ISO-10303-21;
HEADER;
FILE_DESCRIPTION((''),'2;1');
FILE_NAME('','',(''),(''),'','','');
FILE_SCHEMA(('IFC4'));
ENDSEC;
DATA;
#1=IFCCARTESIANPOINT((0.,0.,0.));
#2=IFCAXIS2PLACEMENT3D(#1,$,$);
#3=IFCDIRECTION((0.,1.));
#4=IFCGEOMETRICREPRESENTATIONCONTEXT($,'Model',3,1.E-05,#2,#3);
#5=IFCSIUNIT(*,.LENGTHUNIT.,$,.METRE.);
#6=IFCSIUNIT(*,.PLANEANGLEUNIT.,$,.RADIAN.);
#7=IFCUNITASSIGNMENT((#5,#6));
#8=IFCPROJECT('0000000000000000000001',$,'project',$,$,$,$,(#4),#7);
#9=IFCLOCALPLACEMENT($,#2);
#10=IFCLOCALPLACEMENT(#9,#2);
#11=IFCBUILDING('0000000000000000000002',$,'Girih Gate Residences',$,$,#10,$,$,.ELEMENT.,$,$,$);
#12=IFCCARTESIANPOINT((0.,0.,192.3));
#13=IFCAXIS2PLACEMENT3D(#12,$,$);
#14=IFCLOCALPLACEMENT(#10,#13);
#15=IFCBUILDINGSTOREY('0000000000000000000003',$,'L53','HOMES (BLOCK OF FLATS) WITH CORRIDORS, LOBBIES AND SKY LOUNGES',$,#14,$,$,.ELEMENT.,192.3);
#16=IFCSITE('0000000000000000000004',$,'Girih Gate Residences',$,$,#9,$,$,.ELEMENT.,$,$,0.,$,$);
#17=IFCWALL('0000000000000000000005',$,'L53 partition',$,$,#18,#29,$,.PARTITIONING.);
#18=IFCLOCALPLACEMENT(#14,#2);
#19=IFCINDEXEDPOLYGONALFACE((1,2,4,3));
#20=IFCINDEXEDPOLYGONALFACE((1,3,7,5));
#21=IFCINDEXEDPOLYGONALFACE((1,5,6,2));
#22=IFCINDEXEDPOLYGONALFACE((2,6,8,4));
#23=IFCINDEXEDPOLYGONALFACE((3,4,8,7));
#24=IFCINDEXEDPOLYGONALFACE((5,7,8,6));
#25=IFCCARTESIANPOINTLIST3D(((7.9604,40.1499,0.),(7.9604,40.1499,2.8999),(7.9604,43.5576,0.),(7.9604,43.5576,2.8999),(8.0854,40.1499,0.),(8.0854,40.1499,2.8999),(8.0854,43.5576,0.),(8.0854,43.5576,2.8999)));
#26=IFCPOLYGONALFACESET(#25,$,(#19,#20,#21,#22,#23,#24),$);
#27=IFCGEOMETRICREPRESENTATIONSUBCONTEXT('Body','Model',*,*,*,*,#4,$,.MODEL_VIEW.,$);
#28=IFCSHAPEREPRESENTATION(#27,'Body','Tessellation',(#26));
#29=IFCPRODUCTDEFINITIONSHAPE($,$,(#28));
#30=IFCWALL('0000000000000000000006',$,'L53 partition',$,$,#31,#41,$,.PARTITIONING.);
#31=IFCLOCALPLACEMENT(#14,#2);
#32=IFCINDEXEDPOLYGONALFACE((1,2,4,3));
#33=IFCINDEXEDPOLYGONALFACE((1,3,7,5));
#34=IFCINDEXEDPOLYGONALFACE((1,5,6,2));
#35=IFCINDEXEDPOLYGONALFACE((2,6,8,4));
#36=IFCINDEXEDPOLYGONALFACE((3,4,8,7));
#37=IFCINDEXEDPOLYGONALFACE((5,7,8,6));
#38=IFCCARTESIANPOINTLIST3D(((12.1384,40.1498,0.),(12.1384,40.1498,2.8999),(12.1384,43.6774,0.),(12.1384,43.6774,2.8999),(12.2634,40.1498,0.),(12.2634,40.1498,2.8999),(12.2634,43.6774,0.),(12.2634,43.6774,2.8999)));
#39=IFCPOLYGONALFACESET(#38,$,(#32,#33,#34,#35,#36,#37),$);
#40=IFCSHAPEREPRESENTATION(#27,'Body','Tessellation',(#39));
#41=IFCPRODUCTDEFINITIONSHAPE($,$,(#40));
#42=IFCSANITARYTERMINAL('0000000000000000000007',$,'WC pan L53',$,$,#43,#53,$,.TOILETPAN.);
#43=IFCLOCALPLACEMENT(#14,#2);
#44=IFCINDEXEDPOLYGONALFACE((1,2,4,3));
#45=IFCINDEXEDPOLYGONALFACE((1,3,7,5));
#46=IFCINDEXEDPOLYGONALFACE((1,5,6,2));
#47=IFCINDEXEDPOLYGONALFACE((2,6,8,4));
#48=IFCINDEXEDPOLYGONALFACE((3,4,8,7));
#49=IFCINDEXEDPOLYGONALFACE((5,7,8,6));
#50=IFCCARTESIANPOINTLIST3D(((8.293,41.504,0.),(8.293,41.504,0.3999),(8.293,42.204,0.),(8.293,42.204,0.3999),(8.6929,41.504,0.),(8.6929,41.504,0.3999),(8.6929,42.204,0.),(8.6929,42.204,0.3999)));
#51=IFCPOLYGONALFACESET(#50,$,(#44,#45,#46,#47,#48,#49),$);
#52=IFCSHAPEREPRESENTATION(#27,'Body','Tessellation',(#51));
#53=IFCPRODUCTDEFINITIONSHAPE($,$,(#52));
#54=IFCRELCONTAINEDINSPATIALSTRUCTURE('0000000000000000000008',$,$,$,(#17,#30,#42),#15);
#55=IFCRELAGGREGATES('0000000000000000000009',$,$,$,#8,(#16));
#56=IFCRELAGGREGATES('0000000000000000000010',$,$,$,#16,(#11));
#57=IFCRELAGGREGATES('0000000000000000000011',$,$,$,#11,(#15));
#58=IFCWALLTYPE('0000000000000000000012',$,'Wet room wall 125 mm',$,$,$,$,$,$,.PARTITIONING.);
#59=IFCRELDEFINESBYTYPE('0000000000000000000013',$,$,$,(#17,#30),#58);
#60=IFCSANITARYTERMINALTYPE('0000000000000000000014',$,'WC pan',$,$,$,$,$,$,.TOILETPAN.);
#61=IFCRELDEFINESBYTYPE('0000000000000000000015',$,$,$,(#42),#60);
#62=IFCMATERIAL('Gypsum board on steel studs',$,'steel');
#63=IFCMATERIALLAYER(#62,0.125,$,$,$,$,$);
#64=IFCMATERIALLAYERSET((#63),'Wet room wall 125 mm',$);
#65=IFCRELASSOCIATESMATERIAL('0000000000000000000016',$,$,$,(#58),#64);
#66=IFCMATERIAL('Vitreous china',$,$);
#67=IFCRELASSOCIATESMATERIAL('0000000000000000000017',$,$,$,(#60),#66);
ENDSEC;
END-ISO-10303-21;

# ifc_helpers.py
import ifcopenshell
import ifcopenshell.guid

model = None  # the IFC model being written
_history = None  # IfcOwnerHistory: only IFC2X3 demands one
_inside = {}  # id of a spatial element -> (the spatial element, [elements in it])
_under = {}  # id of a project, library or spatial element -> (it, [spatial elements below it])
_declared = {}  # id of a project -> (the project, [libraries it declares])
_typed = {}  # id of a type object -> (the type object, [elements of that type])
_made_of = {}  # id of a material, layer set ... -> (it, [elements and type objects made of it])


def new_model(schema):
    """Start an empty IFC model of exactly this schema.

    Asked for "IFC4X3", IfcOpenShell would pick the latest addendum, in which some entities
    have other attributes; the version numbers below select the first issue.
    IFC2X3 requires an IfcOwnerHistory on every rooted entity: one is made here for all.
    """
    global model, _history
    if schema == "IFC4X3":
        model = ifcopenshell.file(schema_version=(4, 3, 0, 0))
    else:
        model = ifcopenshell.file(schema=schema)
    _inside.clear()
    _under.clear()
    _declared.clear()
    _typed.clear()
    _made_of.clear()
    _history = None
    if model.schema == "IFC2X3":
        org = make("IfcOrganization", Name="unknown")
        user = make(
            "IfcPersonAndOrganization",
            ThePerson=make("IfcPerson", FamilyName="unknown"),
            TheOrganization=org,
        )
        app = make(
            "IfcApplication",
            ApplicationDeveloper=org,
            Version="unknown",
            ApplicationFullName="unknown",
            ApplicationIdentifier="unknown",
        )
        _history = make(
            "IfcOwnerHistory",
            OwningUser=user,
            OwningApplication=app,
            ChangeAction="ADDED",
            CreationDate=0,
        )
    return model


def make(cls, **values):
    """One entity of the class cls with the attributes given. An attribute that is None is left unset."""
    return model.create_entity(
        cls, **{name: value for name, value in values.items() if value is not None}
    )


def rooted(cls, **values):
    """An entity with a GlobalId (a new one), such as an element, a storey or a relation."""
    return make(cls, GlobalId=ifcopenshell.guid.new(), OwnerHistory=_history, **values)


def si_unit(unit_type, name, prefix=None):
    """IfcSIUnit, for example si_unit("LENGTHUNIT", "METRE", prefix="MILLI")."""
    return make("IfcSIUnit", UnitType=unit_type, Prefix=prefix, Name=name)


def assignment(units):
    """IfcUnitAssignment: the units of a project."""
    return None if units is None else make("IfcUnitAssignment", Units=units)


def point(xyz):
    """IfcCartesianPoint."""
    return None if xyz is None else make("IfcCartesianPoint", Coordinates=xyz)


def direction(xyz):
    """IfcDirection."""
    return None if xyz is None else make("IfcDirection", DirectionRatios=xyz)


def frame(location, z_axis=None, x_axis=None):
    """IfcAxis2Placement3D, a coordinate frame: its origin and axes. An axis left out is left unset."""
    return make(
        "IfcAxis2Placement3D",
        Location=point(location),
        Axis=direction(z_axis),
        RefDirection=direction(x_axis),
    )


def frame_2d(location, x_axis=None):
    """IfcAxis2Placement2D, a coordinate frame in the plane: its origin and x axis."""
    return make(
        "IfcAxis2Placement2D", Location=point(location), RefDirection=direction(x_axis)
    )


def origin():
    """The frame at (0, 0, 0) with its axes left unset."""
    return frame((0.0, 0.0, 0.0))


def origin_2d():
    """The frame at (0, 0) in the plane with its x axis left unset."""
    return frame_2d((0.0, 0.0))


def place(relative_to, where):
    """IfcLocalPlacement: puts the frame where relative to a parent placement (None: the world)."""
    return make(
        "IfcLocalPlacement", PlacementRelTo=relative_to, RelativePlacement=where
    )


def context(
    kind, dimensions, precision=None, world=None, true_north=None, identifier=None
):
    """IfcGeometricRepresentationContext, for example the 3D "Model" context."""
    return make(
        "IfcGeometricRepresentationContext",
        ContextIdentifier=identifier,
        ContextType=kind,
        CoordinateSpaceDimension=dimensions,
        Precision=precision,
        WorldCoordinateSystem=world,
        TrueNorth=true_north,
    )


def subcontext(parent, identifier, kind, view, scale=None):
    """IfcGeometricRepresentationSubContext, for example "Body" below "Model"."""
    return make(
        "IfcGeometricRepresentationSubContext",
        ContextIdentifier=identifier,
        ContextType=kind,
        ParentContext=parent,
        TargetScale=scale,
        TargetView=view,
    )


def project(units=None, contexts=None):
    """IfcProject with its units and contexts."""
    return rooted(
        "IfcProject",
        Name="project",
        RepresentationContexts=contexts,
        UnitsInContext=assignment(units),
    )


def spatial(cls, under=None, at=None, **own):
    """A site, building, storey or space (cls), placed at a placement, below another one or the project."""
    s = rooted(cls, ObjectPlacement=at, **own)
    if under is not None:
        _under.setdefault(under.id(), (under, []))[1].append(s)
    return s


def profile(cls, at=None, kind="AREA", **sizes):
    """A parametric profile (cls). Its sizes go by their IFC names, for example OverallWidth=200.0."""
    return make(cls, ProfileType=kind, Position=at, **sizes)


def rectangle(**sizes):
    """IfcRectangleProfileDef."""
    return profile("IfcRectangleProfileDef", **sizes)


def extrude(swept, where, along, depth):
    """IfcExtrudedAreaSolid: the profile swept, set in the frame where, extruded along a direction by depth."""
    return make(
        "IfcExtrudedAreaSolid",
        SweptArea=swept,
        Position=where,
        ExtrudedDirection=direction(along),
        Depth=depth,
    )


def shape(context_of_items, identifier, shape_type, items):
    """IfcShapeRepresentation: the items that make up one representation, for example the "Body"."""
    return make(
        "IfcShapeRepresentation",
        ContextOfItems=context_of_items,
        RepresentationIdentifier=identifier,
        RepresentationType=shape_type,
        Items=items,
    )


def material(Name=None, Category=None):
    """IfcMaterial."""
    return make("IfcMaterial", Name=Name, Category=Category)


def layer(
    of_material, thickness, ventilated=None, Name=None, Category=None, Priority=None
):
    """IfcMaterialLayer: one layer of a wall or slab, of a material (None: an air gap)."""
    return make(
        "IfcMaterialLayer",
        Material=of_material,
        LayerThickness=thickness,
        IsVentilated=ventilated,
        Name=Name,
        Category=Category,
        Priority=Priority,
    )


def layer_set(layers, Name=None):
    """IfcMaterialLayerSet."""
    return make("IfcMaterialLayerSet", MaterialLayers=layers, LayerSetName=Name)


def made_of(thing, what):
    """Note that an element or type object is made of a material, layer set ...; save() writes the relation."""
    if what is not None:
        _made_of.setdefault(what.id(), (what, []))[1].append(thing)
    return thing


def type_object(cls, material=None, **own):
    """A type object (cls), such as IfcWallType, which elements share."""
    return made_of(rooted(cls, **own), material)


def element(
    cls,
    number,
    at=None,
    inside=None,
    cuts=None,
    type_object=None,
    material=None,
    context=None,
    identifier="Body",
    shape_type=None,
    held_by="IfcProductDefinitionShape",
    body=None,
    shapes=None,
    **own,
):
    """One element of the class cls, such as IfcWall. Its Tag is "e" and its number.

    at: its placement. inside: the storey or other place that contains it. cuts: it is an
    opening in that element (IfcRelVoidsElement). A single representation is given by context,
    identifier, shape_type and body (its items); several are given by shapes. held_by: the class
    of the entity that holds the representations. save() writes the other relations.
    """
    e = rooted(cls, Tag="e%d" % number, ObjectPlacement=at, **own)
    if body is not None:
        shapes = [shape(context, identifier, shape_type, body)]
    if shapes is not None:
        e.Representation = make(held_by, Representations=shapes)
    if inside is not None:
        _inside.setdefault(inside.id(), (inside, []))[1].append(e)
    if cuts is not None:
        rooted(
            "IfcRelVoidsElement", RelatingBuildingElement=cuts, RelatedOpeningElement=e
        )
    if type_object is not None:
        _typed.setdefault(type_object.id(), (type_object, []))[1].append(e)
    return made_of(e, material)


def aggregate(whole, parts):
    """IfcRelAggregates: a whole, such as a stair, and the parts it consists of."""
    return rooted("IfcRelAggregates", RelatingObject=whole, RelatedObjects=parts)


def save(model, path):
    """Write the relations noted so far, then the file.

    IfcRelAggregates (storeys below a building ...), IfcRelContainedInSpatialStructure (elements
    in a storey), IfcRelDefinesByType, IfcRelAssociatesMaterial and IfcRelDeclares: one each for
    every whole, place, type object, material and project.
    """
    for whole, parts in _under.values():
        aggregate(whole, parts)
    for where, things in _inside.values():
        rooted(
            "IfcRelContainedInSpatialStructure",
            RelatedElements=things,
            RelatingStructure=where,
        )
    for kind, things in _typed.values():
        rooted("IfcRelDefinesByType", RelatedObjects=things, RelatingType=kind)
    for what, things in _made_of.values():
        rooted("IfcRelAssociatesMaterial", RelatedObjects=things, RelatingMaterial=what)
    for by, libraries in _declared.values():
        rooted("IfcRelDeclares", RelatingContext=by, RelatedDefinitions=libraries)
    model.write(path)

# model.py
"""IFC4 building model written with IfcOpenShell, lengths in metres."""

from ifc_helpers import new_model, si_unit, direction, frame, frame_2d, origin, origin_2d, place, context, subcontext, project, spatial, rectangle, extrude, material, layer, layer_set, type_object, element, save


model = new_model("IFC4")

# Units and contexts
model_context = context("Model", 3, precision=1e-05, world=origin(), true_north=direction((0.0, 1.0)))
body_context = subcontext(model_context, "Body", "Model", "MODEL_VIEW")
ifc_project = project(units=[si_unit("LENGTHUNIT", "METRE"), si_unit("PLANEANGLEUNIT", "RADIAN")], contexts=[model_context])

# Site, building, storey
site_placement = place(None, origin())
site = spatial("IfcSite", under=ifc_project, at=site_placement, Name="Girih Gate Residences", CompositionType="ELEMENT", RefElevation=0.0)
building_placement = place(site_placement, origin())
building = spatial("IfcBuilding", under=site, at=building_placement, Name="Girih Gate Residences", CompositionType="ELEMENT")
storey_placement = place(building_placement, frame((0.0, 0.0, 192.3)))
storey = spatial("IfcBuildingStorey", under=building, at=storey_placement, Name="L53", Description="HOMES (BLOCK OF FLATS) WITH CORRIDORS, LOBBIES AND SKY LOUNGES", CompositionType="ELEMENT", Elevation=192.3)

# Shared definitions
ifc_material_1 = material(Name="Gypsum board on steel studs", Category="steel")

# Shared definitions
ifc_layer_1 = layer(ifc_material_1, 0.125)
ifc_layer_set_1 = layer_set([ifc_layer_1], Name="Wet room wall 125 mm")
wall_type_1 = type_object("IfcWallType", Name="Wet room wall 125 mm", PredefinedType="PARTITIONING", material=ifc_layer_set_1)

# Walls
wall_1_placement = place(storey_placement, frame((8.0229, 40.1499, 0.0), z_axis=(0.0, 0.0, 1.0), x_axis=(0.0, 1.0, 0.0)))
element("IfcWall", 1, at=wall_1_placement, inside=storey, type_object=wall_type_1, Name="L53 partition", PredefinedType="PARTITIONING", context=body_context, shape_type="SweptSolid", body=[
    extrude(rectangle(XDim=3.4077, YDim=0.125, at=frame_2d((1.7039, 0.0))), origin(), (0.0, 0.0, 1.0), 2.8999),
])
wall_2_placement = place(storey_placement, frame((12.2009, 40.1499, 0.0), z_axis=(0.0, 0.0, 1.0), x_axis=(0.0, 1.0, 0.0)))
element("IfcWall", 2, at=wall_2_placement, inside=storey, type_object=wall_type_1, Name="L53 partition", PredefinedType="PARTITIONING", context=body_context, shape_type="SweptSolid", body=[
    extrude(rectangle(XDim=3.5276, YDim=0.125, at=frame_2d((1.7637, 0.0))), origin(), (0.0, 0.0, 1.0), 2.8999),
])

# Sanitary terminal
ifc_material_2 = material(Name="Vitreous china")
sanitary_terminal_type = type_object("IfcSanitaryTerminalType", Name="WC pan", PredefinedType="TOILETPAN", material=ifc_material_2)
sanitary_terminal_placement = place(storey_placement, frame((8.4929, 41.854, 0.0), z_axis=(0.0, 0.0, 1.0), x_axis=(1.0, 0.0, 0.0)))
element("IfcSanitaryTerminal", 3, at=sanitary_terminal_placement, inside=storey, type_object=sanitary_terminal_type, Name="WC pan L53", PredefinedType="TOILETPAN", context=body_context, shape_type="SweptSolid", body=[
    extrude(rectangle(XDim=0.3999, YDim=0.7, at=origin_2d()), origin(), (0.0, 0.0, 1.0), 0.3999),
])

save(model, "model.ifc")
